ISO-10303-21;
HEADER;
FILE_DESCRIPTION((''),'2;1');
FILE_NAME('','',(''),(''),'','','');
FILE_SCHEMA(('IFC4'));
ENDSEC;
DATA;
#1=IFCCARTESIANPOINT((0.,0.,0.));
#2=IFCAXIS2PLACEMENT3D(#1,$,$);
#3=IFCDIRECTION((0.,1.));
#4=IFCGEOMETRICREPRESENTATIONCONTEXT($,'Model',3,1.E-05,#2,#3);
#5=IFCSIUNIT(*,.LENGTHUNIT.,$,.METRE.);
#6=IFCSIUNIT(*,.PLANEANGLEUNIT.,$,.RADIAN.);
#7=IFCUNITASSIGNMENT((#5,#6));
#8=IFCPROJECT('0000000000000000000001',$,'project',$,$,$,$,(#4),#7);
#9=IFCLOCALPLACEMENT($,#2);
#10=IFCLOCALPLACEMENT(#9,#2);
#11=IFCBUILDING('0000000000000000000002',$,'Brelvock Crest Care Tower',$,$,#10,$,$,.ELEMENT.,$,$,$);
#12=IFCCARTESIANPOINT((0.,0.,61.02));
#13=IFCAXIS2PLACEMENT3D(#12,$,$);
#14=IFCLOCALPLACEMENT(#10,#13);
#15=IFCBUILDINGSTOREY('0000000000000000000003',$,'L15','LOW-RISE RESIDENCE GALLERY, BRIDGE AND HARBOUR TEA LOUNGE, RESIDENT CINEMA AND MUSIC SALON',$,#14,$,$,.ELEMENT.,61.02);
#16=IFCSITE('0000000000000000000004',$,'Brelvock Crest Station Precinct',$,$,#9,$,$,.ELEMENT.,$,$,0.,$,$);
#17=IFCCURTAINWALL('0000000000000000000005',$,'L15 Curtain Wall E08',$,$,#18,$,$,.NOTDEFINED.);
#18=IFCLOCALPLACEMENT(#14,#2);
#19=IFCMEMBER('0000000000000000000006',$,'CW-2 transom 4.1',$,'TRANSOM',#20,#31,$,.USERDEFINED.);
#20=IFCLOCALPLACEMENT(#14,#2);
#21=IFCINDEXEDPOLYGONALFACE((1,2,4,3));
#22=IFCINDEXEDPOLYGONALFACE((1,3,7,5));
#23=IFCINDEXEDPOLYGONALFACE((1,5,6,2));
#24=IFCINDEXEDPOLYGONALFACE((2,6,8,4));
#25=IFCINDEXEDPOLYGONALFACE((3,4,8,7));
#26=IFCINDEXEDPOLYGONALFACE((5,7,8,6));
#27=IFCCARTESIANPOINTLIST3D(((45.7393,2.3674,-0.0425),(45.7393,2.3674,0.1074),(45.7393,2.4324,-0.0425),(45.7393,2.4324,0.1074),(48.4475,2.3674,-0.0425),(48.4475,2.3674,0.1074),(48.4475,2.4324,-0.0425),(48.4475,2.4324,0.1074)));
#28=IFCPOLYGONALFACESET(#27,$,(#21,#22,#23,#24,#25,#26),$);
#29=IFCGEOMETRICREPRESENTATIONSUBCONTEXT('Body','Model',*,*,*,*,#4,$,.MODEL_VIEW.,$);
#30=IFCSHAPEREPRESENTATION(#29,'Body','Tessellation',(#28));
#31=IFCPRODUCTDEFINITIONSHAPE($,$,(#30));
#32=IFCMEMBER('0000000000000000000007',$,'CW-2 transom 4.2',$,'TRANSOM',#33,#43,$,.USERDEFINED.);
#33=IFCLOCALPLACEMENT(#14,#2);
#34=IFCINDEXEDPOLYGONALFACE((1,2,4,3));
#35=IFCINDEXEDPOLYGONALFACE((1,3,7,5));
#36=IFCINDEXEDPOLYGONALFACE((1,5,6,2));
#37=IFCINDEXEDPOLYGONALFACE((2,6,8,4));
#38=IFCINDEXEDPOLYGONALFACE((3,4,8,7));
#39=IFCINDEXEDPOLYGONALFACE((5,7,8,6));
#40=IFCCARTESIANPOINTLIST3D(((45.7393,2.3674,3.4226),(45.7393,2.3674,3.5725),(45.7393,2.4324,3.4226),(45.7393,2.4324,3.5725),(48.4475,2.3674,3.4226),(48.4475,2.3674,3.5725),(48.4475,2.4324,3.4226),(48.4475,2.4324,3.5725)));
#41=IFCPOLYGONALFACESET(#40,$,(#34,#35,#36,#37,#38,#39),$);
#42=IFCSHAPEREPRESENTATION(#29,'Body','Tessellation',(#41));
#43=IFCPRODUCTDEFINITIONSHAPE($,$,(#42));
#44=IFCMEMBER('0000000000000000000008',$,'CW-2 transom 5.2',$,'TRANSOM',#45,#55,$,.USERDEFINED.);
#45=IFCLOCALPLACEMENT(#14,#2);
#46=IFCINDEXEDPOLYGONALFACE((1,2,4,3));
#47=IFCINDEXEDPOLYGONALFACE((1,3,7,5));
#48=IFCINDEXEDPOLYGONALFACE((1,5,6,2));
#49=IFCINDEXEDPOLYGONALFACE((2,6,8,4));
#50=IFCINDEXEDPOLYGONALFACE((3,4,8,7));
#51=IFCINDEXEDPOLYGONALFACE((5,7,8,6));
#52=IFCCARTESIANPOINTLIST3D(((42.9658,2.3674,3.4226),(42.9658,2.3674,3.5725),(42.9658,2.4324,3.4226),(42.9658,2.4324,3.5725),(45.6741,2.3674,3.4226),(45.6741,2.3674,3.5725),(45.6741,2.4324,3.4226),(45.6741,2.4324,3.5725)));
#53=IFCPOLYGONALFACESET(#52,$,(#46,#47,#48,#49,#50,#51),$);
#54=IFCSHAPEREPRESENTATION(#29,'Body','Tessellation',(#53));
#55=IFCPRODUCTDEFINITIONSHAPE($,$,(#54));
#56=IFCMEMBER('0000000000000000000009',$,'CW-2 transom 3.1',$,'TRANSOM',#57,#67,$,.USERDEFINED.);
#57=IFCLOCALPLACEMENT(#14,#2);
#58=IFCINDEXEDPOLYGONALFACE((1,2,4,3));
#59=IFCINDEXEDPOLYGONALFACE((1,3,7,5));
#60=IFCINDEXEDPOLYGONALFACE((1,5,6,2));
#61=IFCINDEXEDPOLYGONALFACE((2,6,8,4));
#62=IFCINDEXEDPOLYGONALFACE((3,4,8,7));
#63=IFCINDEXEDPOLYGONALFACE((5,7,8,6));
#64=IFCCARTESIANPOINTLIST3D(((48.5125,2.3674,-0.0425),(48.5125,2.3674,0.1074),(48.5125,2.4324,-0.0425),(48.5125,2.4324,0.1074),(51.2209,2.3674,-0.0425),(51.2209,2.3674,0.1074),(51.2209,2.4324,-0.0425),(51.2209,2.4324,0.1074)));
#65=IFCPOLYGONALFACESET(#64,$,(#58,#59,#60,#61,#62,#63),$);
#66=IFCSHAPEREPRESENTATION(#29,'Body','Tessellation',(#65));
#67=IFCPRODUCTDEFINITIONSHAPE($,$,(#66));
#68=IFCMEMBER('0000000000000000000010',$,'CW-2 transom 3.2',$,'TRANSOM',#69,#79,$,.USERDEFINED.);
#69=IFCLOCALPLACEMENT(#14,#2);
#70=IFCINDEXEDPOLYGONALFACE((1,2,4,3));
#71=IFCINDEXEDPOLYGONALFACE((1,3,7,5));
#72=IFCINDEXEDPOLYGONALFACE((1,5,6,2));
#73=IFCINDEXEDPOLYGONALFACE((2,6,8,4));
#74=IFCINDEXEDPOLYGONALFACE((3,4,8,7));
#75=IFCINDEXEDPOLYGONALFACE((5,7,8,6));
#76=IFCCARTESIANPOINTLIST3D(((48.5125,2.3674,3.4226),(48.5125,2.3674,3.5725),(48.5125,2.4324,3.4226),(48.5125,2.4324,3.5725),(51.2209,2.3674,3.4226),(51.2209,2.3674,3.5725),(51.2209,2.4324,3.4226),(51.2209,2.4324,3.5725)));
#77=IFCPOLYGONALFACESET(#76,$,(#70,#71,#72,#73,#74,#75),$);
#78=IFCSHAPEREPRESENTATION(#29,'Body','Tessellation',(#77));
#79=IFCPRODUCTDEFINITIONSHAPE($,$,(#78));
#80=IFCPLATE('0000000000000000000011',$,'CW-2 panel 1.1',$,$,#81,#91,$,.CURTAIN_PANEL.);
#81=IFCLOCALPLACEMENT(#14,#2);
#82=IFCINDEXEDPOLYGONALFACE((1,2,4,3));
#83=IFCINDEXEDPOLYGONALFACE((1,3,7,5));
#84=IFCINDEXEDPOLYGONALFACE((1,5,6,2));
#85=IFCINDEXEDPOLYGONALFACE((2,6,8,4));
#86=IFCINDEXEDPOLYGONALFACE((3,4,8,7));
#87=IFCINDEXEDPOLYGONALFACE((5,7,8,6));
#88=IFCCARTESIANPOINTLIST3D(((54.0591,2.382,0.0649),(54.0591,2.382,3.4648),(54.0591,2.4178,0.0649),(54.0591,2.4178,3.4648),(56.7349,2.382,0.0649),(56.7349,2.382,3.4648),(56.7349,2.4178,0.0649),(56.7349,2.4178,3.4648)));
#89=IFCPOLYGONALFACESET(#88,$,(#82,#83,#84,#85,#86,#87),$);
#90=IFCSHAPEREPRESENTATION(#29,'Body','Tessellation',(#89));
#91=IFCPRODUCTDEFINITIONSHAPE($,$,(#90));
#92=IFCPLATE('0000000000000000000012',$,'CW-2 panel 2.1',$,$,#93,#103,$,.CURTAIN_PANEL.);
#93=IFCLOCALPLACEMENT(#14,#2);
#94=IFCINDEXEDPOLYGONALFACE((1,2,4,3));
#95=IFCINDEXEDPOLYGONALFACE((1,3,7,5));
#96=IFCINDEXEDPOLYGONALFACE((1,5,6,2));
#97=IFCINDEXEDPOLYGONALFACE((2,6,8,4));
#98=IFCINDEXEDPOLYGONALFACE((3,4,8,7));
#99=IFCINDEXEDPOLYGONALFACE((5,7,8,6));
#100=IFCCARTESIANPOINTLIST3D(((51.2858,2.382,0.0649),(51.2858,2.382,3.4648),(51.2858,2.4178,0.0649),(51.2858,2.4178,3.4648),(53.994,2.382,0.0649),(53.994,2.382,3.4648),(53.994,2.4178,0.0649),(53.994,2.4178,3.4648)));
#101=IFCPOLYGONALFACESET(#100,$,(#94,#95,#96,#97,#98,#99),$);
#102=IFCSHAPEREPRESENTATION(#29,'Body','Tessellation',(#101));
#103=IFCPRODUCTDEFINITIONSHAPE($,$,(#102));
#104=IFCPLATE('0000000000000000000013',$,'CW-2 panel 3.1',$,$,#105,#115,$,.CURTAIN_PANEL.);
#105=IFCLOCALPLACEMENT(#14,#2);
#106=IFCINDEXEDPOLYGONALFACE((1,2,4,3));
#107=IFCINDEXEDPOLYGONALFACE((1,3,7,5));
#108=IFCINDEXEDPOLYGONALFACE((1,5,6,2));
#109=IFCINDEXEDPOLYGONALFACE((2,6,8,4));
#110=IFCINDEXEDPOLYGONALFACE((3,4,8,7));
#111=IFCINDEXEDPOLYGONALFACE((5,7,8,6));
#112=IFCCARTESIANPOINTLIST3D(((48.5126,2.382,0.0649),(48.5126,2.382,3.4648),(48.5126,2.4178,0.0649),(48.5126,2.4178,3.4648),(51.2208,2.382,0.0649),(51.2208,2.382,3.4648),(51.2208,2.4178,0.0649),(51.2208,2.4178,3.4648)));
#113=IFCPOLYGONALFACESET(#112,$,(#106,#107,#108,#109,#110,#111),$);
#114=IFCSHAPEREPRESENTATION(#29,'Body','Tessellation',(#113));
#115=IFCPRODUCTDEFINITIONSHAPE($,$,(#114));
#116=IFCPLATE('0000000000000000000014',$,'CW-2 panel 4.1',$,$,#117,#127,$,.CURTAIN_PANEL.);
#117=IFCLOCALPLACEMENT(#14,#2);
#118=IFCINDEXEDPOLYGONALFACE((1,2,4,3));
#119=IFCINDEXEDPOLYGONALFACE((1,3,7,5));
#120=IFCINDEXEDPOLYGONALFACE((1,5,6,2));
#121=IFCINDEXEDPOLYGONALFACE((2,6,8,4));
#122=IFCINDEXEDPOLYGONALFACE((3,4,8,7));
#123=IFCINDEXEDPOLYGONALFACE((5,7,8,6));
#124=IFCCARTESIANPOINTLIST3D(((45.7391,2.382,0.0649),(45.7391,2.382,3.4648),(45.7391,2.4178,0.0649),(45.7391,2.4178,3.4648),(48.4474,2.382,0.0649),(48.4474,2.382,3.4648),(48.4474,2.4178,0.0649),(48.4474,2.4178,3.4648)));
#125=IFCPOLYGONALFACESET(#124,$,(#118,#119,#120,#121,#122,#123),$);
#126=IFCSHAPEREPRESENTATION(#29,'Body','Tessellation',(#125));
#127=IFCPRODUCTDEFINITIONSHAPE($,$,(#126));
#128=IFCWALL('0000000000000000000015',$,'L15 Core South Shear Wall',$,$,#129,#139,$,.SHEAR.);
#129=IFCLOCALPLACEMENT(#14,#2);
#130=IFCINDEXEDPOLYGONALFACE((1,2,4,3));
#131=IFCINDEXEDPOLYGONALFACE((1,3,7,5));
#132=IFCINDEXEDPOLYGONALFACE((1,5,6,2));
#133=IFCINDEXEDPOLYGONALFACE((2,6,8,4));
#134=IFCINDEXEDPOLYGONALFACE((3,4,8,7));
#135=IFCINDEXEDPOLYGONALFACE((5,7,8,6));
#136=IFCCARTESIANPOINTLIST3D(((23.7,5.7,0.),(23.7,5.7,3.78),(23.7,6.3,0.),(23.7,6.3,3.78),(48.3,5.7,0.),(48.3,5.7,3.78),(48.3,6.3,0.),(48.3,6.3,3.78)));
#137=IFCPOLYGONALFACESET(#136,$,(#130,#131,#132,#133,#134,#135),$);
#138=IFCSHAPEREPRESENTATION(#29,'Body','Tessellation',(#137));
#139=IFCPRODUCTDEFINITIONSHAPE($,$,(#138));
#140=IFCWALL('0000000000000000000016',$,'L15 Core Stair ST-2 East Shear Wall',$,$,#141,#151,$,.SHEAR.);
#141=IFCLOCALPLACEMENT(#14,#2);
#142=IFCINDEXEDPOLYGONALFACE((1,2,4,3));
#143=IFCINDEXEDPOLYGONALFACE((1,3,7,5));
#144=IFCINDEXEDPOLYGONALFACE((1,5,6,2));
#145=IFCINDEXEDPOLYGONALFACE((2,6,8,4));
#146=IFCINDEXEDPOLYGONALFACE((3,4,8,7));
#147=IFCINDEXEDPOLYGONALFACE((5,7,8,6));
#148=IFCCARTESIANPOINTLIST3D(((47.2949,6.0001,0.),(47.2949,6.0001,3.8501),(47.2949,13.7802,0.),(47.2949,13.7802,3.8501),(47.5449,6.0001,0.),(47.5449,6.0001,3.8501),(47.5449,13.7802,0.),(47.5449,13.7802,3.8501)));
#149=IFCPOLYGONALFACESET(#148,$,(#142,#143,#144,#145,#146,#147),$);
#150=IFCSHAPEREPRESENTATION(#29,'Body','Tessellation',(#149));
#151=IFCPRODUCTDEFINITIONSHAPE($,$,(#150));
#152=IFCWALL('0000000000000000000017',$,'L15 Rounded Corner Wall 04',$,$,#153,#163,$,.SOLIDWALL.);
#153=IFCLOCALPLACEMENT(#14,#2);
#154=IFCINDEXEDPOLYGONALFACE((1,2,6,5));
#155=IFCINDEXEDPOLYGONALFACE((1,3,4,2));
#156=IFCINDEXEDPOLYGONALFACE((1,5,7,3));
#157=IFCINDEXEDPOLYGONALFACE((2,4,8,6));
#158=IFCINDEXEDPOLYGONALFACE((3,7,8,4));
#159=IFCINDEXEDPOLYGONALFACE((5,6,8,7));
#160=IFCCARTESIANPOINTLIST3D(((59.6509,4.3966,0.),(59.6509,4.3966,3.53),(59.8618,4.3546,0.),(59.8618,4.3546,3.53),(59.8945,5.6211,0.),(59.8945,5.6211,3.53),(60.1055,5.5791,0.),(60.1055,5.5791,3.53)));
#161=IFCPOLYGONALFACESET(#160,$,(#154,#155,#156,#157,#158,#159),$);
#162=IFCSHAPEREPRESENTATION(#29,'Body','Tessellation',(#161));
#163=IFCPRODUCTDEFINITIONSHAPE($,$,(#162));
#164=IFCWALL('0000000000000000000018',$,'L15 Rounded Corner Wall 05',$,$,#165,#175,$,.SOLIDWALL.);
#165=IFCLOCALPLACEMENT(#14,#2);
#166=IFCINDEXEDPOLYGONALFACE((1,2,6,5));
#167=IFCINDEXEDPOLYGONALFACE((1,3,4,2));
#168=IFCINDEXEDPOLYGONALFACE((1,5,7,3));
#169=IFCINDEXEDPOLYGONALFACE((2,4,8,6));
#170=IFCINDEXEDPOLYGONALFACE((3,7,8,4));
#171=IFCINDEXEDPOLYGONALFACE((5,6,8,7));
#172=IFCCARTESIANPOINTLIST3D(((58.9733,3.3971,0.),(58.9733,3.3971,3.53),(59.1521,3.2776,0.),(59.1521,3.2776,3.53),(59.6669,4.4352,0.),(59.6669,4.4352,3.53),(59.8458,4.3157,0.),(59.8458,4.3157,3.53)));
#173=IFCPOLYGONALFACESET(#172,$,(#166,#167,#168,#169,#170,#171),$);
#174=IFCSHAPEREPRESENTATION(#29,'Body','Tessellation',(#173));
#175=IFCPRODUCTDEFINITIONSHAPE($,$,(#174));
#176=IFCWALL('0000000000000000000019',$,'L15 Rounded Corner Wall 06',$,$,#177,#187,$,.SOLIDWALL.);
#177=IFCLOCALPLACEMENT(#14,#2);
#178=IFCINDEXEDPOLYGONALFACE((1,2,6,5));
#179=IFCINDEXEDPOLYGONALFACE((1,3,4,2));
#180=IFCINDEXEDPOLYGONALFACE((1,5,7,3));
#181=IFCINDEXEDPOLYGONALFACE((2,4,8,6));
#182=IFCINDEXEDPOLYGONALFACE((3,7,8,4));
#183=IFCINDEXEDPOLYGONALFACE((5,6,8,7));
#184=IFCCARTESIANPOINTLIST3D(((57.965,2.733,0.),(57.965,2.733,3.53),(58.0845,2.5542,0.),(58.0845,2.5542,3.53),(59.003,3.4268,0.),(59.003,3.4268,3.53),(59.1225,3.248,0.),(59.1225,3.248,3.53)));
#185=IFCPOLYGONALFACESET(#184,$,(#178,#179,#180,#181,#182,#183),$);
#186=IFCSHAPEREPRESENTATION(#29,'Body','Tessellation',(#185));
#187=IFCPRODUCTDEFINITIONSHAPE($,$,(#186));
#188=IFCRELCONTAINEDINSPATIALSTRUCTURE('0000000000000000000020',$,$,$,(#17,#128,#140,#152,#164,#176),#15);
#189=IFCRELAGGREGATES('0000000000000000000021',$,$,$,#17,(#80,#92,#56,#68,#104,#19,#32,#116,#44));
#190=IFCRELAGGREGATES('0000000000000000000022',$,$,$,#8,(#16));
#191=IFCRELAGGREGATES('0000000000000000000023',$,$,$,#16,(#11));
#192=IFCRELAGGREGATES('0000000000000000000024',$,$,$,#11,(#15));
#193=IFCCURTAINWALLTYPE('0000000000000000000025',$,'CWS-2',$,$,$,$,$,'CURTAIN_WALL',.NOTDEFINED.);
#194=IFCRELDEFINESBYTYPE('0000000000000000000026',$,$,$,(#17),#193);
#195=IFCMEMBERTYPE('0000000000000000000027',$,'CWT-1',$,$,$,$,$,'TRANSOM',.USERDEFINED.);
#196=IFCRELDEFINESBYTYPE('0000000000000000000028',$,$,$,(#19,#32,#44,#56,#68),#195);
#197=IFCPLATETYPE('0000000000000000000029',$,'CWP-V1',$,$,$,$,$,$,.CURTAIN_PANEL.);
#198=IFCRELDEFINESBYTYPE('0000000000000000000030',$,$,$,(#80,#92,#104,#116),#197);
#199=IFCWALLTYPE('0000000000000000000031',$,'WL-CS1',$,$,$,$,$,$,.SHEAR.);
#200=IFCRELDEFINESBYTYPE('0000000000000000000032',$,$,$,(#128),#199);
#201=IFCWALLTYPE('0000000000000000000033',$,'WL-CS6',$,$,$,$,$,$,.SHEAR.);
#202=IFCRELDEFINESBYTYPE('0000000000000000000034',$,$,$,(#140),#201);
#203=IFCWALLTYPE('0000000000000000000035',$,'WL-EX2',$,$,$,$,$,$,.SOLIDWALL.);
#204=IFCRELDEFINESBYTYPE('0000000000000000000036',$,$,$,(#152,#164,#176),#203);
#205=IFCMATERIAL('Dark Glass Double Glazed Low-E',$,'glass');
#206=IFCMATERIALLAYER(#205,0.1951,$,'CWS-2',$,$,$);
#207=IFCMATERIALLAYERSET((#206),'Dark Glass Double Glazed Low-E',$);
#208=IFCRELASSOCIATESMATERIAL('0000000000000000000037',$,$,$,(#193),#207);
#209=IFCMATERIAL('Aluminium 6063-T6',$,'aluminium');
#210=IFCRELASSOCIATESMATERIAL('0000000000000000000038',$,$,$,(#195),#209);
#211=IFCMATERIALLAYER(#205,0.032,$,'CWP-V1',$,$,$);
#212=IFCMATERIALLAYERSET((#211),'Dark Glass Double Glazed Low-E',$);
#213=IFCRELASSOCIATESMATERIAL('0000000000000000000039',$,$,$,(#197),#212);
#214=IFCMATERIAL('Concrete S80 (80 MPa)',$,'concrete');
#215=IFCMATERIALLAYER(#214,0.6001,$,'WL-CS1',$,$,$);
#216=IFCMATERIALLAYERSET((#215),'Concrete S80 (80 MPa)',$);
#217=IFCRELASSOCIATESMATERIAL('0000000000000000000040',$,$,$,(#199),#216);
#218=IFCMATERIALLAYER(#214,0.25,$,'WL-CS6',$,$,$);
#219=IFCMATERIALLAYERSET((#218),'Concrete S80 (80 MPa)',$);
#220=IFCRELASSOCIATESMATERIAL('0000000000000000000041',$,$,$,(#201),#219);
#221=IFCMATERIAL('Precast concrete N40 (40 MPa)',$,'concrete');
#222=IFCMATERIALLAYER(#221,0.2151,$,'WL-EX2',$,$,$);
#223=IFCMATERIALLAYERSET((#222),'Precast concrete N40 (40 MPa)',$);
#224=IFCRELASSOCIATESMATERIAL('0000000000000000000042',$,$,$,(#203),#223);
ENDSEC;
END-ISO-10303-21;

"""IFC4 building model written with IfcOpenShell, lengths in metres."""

from ifc_helpers import new_model, si_unit, direction, frame, frame_2d, origin, origin_2d, place, context, subcontext, project, spatial, rectangle, extrude, source, transform, mapped, material, layer, layer_set, material_profile, profile_set, type_object, element, aggregate, save


model = new_model("IFC4")

# Units and contexts
model_context = context("Model", 3, precision=1e-05, world=origin(), true_north=direction((0.0, 1.0)))
body_context = subcontext(model_context, "Body", "Model", "MODEL_VIEW")
ifc_project = project(units=[si_unit("LENGTHUNIT", "METRE"), si_unit("PLANEANGLEUNIT", "RADIAN")], contexts=[model_context])

# Site, building, storey
site_placement = place(None, origin())
site = spatial("IfcSite", under=ifc_project, at=site_placement, Name="Brelvock Crest Station Precinct", CompositionType="ELEMENT", RefElevation=0.0)
building_placement = place(site_placement, origin())
building = spatial("IfcBuilding", under=site, at=building_placement, Name="Brelvock Crest Care Tower", CompositionType="ELEMENT")
storey_placement = place(building_placement, frame((0.0, 0.0, 61.02)))
storey = spatial("IfcBuildingStorey", under=building, at=storey_placement, Name="L15", Description="LOW-RISE RESIDENCE GALLERY, BRIDGE AND HARBOUR TEA LOUNGE, RESIDENT CINEMA AND MUSIC SALON", CompositionType="ELEMENT", Elevation=61.02)

# Shared definitions
ifc_material_1 = material(Name="Concrete S80 (80 MPa)", Category="concrete")

# Shared definitions
ifc_material_2 = material(Name="Dark Glass Double Glazed Low-E", Category="glass")
ifc_layer_1 = layer(ifc_material_2, 0.1951, Name="CWS-2")
ifc_layer_set_1 = layer_set([ifc_layer_1], Name="Dark Glass Double Glazed Low-E")
curtain_wall_type = type_object("IfcCurtainWallType", Name="CWS-2", ElementType="CURTAIN_WALL", PredefinedType="NOTDEFINED", material=ifc_layer_set_1)
ifc_material_3 = material(Name="Aluminium 6063-T6", Category="aluminium")

# Curtain wall, members, plates
curtain_wall_1_placement = place(storey_placement, origin())
curtain_wall_1 = element("IfcCurtainWall", 1, at=curtain_wall_1_placement, inside=storey, type_object=curtain_wall_type, Name="L15 Curtain Wall E08", PredefinedType="NOTDEFINED")
ifc_material_profile_1 = material_profile(ifc_material_3, rectangle(XDim=0.0649, YDim=0.1499, at=origin_2d()), Name="ALU65x150")
ifc_profile_set_1 = profile_set([ifc_material_profile_1], Name="Aluminium 6063-T6")
member_type_1 = type_object("IfcMemberType", Name="CWT-1", ElementType="TRANSOM", PredefinedType="USERDEFINED", material=ifc_profile_set_1)
shared_shape_1 = source(origin(), body_context, "Body", "SweptSolid", [
    extrude(rectangle(XDim=0.0649, YDim=0.1499, at=origin_2d()), origin(), (0.0, 0.0, 1.0), 2.7083),
])
member_1_placement = place(storey_placement, frame((48.4475, 2.3999, 0.0325), z_axis=(-1.0, 0.0, 0.0), x_axis=(0.0, -1.0, 0.0)))
member_1 = element("IfcMember", 2, at=member_1_placement, type_object=member_type_1, Name="CW-2 transom 4.1", ObjectType="TRANSOM", PredefinedType="USERDEFINED", context=body_context, shape_type="MappedRepresentation", body=[
    mapped(shared_shape_1, transform((0.0, 0.0, 0.0), x_axis=(1.0, 0.0, 0.0), y_axis=(0.0, 1.0, 0.0), z_axis=(0.0, 0.0, 1.0), scale=1.0)),
])
member_2_placement = place(storey_placement, frame((48.4475, 2.3999, 3.4976), z_axis=(-1.0, 0.0, 0.0), x_axis=(0.0, -1.0, 0.0)))
member_2 = element("IfcMember", 3, at=member_2_placement, type_object=member_type_1, Name="CW-2 transom 4.2", ObjectType="TRANSOM", PredefinedType="USERDEFINED", context=body_context, shape_type="MappedRepresentation", body=[
    mapped(shared_shape_1, transform((0.0, 0.0, 0.0), x_axis=(1.0, 0.0, 0.0), y_axis=(0.0, 1.0, 0.0), z_axis=(0.0, 0.0, 1.0), scale=1.0)),
])
member_3_placement = place(storey_placement, frame((45.6741, 2.3999, 3.4976), z_axis=(-1.0, 0.0, 0.0), x_axis=(0.0, -1.0, 0.0)))
member_3 = element("IfcMember", 4, at=member_3_placement, type_object=member_type_1, Name="CW-2 transom 5.2", ObjectType="TRANSOM", PredefinedType="USERDEFINED", context=body_context, shape_type="MappedRepresentation", body=[
    mapped(shared_shape_1, transform((0.0, 0.0, 0.0), x_axis=(1.0, 0.0, 0.0), y_axis=(0.0, 1.0, 0.0), z_axis=(0.0, 0.0, 1.0), scale=1.0)),
])
shared_shape_2 = source(origin(), body_context, "Body", "SweptSolid", [
    extrude(rectangle(XDim=0.0649, YDim=0.1499, at=origin_2d()), origin(), (0.0, 0.0, 1.0), 2.7085),
])
member_4_placement = place(storey_placement, frame((51.2209, 2.3999, 0.0325), z_axis=(-1.0, 0.0, 0.0), x_axis=(0.0, -1.0, 0.0)))
member_4 = element("IfcMember", 5, at=member_4_placement, type_object=member_type_1, Name="CW-2 transom 3.1", ObjectType="TRANSOM", PredefinedType="USERDEFINED", context=body_context, shape_type="MappedRepresentation", body=[
    mapped(shared_shape_2, transform((0.0, 0.0, 0.0), x_axis=(1.0, 0.0, 0.0), y_axis=(0.0, 1.0, 0.0), z_axis=(0.0, 0.0, 1.0), scale=1.0)),
])
member_5_placement = place(storey_placement, frame((51.2209, 2.3999, 3.4976), z_axis=(-1.0, 0.0, 0.0), x_axis=(0.0, -1.0, 0.0)))
member_5 = element("IfcMember", 6, at=member_5_placement, type_object=member_type_1, Name="CW-2 transom 3.2", ObjectType="TRANSOM", PredefinedType="USERDEFINED", context=body_context, shape_type="MappedRepresentation", body=[
    mapped(shared_shape_2, transform((0.0, 0.0, 0.0), x_axis=(1.0, 0.0, 0.0), y_axis=(0.0, 1.0, 0.0), z_axis=(0.0, 0.0, 1.0), scale=1.0)),
])
ifc_layer_2 = layer(ifc_material_2, 0.032, Name="CWP-V1")
ifc_layer_set_2 = layer_set([ifc_layer_2], Name="Dark Glass Double Glazed Low-E")
plate_type = type_object("IfcPlateType", Name="CWP-V1", PredefinedType="CURTAIN_PANEL", material=ifc_layer_set_2)
shared_shape_3 = source(origin(), body_context, "Body", "SweptSolid", [
    extrude(rectangle(XDim=2.6758, YDim=0.0359, at=origin_2d()), origin(), (0.0, 0.0, 1.0), 3.3999),
])
plate_1_placement = place(storey_placement, frame((55.397, 2.3999, 0.0649), z_axis=(0.0, 0.0, 1.0), x_axis=(-1.0, 0.0, 0.0)))
plate_1 = element("IfcPlate", 7, at=plate_1_placement, type_object=plate_type, Name="CW-2 panel 1.1", PredefinedType="CURTAIN_PANEL", context=body_context, shape_type="MappedRepresentation", body=[
    mapped(shared_shape_3, transform((0.0, 0.0, 0.0), x_axis=(1.0, 0.0, 0.0), y_axis=(0.0, 1.0, 0.0), z_axis=(0.0, 0.0, 1.0), scale=1.0)),
])
shared_shape_4 = source(origin(), body_context, "Body", "SweptSolid", [
    extrude(rectangle(XDim=2.7083, YDim=0.0359, at=origin_2d()), origin(), (0.0, 0.0, 1.0), 3.3999),
])
plate_2_placement = place(storey_placement, frame((52.6399, 2.3999, 0.0649), z_axis=(0.0, 0.0, 1.0), x_axis=(-1.0, 0.0, 0.0)))
plate_2 = element("IfcPlate", 8, at=plate_2_placement, type_object=plate_type, Name="CW-2 panel 2.1", PredefinedType="CURTAIN_PANEL", context=body_context, shape_type="MappedRepresentation", body=[
    mapped(shared_shape_4, transform((0.0, 0.0, 0.0), x_axis=(1.0, 0.0, 0.0), y_axis=(0.0, 1.0, 0.0), z_axis=(0.0, 0.0, 1.0), scale=1.0)),
])
plate_3_placement = place(storey_placement, frame((49.8667, 2.3999, 0.0649), z_axis=(0.0, 0.0, 1.0), x_axis=(-1.0, 0.0, 0.0)))
plate_3 = element("IfcPlate", 9, at=plate_3_placement, type_object=plate_type, Name="CW-2 panel 3.1", PredefinedType="CURTAIN_PANEL", context=body_context, shape_type="MappedRepresentation", body=[
    mapped(shared_shape_4, transform((0.0, 0.0, 0.0), x_axis=(1.0, 0.0, 0.0), y_axis=(0.0, 1.0, 0.0), z_axis=(0.0, 0.0, 1.0), scale=1.0)),
])
plate_4_placement = place(storey_placement, frame((47.0933, 2.3999, 0.0649), z_axis=(0.0, 0.0, 1.0), x_axis=(-1.0, 0.0, 0.0)))
plate_4 = element("IfcPlate", 10, at=plate_4_placement, type_object=plate_type, Name="CW-2 panel 4.1", PredefinedType="CURTAIN_PANEL", context=body_context, shape_type="MappedRepresentation", body=[
    mapped(shared_shape_4, transform((0.0, 0.0, 0.0), x_axis=(1.0, 0.0, 0.0), y_axis=(0.0, 1.0, 0.0), z_axis=(0.0, 0.0, 1.0), scale=1.0)),
])
aggregate(curtain_wall_1, [plate_1, plate_2, member_4, member_5, plate_3, member_1, member_2, plate_4, member_3])

# Walls
ifc_layer_3 = layer(ifc_material_1, 0.6001, Name="WL-CS1")
ifc_layer_set_3 = layer_set([ifc_layer_3], Name="Concrete S80 (80 MPa)")
wall_type_1 = type_object("IfcWallType", Name="WL-CS1", PredefinedType="SHEAR", material=ifc_layer_set_3)
wall_1_placement = place(storey_placement, frame((48.3, 6.0, 0.0), z_axis=(0.0, 0.0, 1.0), x_axis=(-1.0, 0.0, 0.0)))
element("IfcWall", 11, at=wall_1_placement, inside=storey, type_object=wall_type_1, Name="L15 Core South Shear Wall", PredefinedType="SHEAR", context=body_context, shape_type="SweptSolid", body=[
    extrude(rectangle(XDim=24.6001, YDim=0.6001, at=frame_2d((12.3, 0.0))), origin(), (0.0, 0.0, 1.0), 3.78),
])
ifc_layer_4 = layer(ifc_material_1, 0.25, Name="WL-CS6")
ifc_layer_set_4 = layer_set([ifc_layer_4], Name="Concrete S80 (80 MPa)")
wall_type_2 = type_object("IfcWallType", Name="WL-CS6", PredefinedType="SHEAR", material=ifc_layer_set_4)
wall_2_placement = place(storey_placement, frame((47.4199, 6.0, 0.0), z_axis=(0.0, 0.0, 1.0), x_axis=(0.0, 1.0, 0.0)))
element("IfcWall", 12, at=wall_2_placement, inside=storey, type_object=wall_type_2, Name="L15 Core Stair ST-2 East Shear Wall", PredefinedType="SHEAR", context=body_context, shape_type="SweptSolid", body=[
    extrude(rectangle(XDim=7.78, YDim=0.25, at=frame_2d((3.8901, 0.0))), origin(), (0.0, 0.0, 1.0), 3.8501),
])
ifc_material_4 = material(Name="Precast concrete N40 (40 MPa)", Category="concrete")
ifc_layer_5 = layer(ifc_material_4, 0.2151, Name="WL-EX2")
ifc_layer_set_5 = layer_set([ifc_layer_5], Name="Precast concrete N40 (40 MPa)")
wall_type_3 = type_object("IfcWallType", Name="WL-EX2", PredefinedType="SOLIDWALL", material=ifc_layer_set_5)
for number, where, z_axis, x_axis, name in (
    (13, (60.0, 5.6001, 0.0), (0.0, 0.0, 1.0), (-0.195138, -0.980776, 0.0), "L15 Rounded Corner Wall 04"),
    (14, (59.7563, 4.3755, 0.0), (0.0, 0.0, 1.0), (-0.555557, -0.831478, 0.0), "L15 Rounded Corner Wall 05"),
    (15, (59.0627, 3.3374, 0.0), (0.0, 0.0, 1.0), (-0.831388, -0.555692, 0.0), "L15 Rounded Corner Wall 06"),
):
    element("IfcWall", number, at=place(storey_placement, frame(where, z_axis=z_axis, x_axis=x_axis)), inside=storey, type_object=wall_type_3, Name=name, PredefinedType="SOLIDWALL", context=body_context, shape_type="SweptSolid", body=[
        extrude(rectangle(XDim=1.2485, YDim=0.2151, at=frame_2d((0.6243, 0.0))), origin(), (0.0, 0.0, 1.0), 3.53),
    ])

save(model, "model.ifc")
